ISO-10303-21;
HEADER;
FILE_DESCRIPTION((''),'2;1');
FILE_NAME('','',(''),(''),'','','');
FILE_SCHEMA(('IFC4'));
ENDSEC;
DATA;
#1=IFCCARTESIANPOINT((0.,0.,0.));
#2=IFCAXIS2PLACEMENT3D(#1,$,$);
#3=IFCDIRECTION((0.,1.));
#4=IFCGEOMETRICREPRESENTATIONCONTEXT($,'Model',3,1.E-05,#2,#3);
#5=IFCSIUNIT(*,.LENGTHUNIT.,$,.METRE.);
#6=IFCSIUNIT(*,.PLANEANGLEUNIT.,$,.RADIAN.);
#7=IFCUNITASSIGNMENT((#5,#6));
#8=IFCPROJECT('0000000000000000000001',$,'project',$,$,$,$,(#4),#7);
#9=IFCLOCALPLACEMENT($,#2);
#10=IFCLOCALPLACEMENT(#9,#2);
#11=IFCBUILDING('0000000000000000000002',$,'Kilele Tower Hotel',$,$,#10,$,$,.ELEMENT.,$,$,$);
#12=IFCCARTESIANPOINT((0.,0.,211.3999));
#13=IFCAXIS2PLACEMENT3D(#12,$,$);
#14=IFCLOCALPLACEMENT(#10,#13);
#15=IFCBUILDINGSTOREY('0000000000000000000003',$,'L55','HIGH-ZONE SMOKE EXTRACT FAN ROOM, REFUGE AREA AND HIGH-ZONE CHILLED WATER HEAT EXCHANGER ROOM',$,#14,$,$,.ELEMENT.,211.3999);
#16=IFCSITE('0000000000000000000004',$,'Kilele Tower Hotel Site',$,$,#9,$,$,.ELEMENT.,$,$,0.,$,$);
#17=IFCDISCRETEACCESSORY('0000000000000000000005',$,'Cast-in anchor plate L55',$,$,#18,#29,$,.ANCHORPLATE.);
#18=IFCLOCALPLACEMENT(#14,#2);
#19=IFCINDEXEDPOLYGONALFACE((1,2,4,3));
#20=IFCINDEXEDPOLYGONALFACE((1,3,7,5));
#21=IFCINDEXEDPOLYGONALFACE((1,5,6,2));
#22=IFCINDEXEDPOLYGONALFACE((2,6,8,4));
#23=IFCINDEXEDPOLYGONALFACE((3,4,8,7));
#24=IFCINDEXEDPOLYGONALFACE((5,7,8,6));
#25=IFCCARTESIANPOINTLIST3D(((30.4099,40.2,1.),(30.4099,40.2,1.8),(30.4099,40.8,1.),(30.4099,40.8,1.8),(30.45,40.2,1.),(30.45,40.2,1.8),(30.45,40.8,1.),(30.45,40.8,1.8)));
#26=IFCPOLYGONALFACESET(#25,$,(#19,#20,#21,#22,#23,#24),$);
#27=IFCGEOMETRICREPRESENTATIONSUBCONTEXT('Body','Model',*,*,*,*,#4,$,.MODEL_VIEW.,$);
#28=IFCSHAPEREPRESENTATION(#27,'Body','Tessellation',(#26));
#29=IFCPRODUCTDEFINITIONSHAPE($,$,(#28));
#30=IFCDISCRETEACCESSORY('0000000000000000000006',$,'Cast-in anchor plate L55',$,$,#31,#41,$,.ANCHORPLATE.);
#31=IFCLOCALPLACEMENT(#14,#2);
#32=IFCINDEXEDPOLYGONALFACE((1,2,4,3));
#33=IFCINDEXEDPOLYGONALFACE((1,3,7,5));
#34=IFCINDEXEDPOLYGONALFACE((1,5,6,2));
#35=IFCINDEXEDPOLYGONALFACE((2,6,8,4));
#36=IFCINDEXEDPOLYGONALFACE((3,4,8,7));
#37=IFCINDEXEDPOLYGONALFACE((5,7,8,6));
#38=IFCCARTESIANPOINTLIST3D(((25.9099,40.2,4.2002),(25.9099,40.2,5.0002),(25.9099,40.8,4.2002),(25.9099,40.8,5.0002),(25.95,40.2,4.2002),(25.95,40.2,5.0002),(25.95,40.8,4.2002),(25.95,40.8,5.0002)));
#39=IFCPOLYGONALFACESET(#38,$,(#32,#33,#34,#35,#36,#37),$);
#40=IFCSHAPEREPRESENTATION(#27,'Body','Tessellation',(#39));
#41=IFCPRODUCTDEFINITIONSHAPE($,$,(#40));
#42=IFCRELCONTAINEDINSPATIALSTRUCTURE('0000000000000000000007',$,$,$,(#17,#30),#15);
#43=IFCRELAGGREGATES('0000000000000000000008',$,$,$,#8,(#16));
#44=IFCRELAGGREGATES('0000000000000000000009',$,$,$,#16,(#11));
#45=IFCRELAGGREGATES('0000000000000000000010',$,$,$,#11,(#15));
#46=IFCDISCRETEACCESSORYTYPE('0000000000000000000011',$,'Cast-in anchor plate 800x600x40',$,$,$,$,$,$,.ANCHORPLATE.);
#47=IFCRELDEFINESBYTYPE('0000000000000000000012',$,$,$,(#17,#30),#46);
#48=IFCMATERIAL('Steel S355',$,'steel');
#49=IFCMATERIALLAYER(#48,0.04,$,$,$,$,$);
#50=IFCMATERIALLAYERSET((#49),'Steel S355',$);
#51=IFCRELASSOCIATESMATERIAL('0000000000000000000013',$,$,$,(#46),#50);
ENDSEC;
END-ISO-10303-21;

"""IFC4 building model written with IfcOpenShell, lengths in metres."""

from ifc_helpers import new_model, si_unit, direction, frame, origin, place, context, subcontext, project, spatial, polyline, outline, extrude, source, transform, mapped, material, layer, layer_set, type_object, element, save


model = new_model("IFC4")

# Units and contexts
model_context = context("Model", 3, precision=1e-05, world=origin(), true_north=direction((0.0, 1.0)))
body_context = subcontext(model_context, "Body", "Model", "MODEL_VIEW")
ifc_project = project(units=[si_unit("LENGTHUNIT", "METRE"), si_unit("PLANEANGLEUNIT", "RADIAN")], contexts=[model_context])

# Site, building, storey
site_placement = place(None, origin())
site = spatial("IfcSite", under=ifc_project, at=site_placement, Name="Kilele Tower Hotel Site", CompositionType="ELEMENT", RefElevation=0.0)
building_placement = place(site_placement, origin())
building = spatial("IfcBuilding", under=site, at=building_placement, Name="Kilele Tower Hotel", CompositionType="ELEMENT")
storey_placement = place(building_placement, frame((0.0, 0.0, 211.3999)))
storey = spatial("IfcBuildingStorey", under=building, at=storey_placement, Name="L55", Description="HIGH-ZONE SMOKE EXTRACT FAN ROOM, REFUGE AREA AND HIGH-ZONE CHILLED WATER HEAT EXCHANGER ROOM", CompositionType="ELEMENT", Elevation=211.3999)

# Discrete accessories
ifc_material_1 = material(Name="Steel S355", Category="steel")
ifc_layer_1 = layer(ifc_material_1, 0.04)
ifc_layer_set_1 = layer_set([ifc_layer_1], Name="Steel S355")
discrete_accessory_type = type_object("IfcDiscreteAccessoryType", Name="Cast-in anchor plate 800x600x40", PredefinedType="ANCHORPLATE", material=ifc_layer_set_1)
shared_shape = source(origin(), body_context, "Body", "SweptSolid", [
    extrude(outline(polyline([(0.0, 0.0), (0.04, 0.0), (0.04, 0.8), (0.0, 0.8), (0.0, 0.0)])), origin(), (0.0, 0.0, 1.0), 0.6001),
])
for number, where, z_axis, x_axis, name in (
    (1, (30.45, 40.2, 1.0), (0.0, 1.0, 0.0), (-1.0, 0.0, 0.0), "Cast-in anchor plate L55"),
    (2, (25.95, 40.2, 4.2002), (0.0, 1.0, 0.0), (-1.0, 0.0, 0.0), "Cast-in anchor plate L55"),
):
    element("IfcDiscreteAccessory", number, at=place(storey_placement, frame(where, z_axis=z_axis, x_axis=x_axis)), inside=storey, type_object=discrete_accessory_type, Name=name, PredefinedType="ANCHORPLATE", context=body_context, shape_type="MappedRepresentation", body=[
        mapped(shared_shape, transform((0.0, 0.0, 0.0))),
    ])

save(model, "model.ifc")
